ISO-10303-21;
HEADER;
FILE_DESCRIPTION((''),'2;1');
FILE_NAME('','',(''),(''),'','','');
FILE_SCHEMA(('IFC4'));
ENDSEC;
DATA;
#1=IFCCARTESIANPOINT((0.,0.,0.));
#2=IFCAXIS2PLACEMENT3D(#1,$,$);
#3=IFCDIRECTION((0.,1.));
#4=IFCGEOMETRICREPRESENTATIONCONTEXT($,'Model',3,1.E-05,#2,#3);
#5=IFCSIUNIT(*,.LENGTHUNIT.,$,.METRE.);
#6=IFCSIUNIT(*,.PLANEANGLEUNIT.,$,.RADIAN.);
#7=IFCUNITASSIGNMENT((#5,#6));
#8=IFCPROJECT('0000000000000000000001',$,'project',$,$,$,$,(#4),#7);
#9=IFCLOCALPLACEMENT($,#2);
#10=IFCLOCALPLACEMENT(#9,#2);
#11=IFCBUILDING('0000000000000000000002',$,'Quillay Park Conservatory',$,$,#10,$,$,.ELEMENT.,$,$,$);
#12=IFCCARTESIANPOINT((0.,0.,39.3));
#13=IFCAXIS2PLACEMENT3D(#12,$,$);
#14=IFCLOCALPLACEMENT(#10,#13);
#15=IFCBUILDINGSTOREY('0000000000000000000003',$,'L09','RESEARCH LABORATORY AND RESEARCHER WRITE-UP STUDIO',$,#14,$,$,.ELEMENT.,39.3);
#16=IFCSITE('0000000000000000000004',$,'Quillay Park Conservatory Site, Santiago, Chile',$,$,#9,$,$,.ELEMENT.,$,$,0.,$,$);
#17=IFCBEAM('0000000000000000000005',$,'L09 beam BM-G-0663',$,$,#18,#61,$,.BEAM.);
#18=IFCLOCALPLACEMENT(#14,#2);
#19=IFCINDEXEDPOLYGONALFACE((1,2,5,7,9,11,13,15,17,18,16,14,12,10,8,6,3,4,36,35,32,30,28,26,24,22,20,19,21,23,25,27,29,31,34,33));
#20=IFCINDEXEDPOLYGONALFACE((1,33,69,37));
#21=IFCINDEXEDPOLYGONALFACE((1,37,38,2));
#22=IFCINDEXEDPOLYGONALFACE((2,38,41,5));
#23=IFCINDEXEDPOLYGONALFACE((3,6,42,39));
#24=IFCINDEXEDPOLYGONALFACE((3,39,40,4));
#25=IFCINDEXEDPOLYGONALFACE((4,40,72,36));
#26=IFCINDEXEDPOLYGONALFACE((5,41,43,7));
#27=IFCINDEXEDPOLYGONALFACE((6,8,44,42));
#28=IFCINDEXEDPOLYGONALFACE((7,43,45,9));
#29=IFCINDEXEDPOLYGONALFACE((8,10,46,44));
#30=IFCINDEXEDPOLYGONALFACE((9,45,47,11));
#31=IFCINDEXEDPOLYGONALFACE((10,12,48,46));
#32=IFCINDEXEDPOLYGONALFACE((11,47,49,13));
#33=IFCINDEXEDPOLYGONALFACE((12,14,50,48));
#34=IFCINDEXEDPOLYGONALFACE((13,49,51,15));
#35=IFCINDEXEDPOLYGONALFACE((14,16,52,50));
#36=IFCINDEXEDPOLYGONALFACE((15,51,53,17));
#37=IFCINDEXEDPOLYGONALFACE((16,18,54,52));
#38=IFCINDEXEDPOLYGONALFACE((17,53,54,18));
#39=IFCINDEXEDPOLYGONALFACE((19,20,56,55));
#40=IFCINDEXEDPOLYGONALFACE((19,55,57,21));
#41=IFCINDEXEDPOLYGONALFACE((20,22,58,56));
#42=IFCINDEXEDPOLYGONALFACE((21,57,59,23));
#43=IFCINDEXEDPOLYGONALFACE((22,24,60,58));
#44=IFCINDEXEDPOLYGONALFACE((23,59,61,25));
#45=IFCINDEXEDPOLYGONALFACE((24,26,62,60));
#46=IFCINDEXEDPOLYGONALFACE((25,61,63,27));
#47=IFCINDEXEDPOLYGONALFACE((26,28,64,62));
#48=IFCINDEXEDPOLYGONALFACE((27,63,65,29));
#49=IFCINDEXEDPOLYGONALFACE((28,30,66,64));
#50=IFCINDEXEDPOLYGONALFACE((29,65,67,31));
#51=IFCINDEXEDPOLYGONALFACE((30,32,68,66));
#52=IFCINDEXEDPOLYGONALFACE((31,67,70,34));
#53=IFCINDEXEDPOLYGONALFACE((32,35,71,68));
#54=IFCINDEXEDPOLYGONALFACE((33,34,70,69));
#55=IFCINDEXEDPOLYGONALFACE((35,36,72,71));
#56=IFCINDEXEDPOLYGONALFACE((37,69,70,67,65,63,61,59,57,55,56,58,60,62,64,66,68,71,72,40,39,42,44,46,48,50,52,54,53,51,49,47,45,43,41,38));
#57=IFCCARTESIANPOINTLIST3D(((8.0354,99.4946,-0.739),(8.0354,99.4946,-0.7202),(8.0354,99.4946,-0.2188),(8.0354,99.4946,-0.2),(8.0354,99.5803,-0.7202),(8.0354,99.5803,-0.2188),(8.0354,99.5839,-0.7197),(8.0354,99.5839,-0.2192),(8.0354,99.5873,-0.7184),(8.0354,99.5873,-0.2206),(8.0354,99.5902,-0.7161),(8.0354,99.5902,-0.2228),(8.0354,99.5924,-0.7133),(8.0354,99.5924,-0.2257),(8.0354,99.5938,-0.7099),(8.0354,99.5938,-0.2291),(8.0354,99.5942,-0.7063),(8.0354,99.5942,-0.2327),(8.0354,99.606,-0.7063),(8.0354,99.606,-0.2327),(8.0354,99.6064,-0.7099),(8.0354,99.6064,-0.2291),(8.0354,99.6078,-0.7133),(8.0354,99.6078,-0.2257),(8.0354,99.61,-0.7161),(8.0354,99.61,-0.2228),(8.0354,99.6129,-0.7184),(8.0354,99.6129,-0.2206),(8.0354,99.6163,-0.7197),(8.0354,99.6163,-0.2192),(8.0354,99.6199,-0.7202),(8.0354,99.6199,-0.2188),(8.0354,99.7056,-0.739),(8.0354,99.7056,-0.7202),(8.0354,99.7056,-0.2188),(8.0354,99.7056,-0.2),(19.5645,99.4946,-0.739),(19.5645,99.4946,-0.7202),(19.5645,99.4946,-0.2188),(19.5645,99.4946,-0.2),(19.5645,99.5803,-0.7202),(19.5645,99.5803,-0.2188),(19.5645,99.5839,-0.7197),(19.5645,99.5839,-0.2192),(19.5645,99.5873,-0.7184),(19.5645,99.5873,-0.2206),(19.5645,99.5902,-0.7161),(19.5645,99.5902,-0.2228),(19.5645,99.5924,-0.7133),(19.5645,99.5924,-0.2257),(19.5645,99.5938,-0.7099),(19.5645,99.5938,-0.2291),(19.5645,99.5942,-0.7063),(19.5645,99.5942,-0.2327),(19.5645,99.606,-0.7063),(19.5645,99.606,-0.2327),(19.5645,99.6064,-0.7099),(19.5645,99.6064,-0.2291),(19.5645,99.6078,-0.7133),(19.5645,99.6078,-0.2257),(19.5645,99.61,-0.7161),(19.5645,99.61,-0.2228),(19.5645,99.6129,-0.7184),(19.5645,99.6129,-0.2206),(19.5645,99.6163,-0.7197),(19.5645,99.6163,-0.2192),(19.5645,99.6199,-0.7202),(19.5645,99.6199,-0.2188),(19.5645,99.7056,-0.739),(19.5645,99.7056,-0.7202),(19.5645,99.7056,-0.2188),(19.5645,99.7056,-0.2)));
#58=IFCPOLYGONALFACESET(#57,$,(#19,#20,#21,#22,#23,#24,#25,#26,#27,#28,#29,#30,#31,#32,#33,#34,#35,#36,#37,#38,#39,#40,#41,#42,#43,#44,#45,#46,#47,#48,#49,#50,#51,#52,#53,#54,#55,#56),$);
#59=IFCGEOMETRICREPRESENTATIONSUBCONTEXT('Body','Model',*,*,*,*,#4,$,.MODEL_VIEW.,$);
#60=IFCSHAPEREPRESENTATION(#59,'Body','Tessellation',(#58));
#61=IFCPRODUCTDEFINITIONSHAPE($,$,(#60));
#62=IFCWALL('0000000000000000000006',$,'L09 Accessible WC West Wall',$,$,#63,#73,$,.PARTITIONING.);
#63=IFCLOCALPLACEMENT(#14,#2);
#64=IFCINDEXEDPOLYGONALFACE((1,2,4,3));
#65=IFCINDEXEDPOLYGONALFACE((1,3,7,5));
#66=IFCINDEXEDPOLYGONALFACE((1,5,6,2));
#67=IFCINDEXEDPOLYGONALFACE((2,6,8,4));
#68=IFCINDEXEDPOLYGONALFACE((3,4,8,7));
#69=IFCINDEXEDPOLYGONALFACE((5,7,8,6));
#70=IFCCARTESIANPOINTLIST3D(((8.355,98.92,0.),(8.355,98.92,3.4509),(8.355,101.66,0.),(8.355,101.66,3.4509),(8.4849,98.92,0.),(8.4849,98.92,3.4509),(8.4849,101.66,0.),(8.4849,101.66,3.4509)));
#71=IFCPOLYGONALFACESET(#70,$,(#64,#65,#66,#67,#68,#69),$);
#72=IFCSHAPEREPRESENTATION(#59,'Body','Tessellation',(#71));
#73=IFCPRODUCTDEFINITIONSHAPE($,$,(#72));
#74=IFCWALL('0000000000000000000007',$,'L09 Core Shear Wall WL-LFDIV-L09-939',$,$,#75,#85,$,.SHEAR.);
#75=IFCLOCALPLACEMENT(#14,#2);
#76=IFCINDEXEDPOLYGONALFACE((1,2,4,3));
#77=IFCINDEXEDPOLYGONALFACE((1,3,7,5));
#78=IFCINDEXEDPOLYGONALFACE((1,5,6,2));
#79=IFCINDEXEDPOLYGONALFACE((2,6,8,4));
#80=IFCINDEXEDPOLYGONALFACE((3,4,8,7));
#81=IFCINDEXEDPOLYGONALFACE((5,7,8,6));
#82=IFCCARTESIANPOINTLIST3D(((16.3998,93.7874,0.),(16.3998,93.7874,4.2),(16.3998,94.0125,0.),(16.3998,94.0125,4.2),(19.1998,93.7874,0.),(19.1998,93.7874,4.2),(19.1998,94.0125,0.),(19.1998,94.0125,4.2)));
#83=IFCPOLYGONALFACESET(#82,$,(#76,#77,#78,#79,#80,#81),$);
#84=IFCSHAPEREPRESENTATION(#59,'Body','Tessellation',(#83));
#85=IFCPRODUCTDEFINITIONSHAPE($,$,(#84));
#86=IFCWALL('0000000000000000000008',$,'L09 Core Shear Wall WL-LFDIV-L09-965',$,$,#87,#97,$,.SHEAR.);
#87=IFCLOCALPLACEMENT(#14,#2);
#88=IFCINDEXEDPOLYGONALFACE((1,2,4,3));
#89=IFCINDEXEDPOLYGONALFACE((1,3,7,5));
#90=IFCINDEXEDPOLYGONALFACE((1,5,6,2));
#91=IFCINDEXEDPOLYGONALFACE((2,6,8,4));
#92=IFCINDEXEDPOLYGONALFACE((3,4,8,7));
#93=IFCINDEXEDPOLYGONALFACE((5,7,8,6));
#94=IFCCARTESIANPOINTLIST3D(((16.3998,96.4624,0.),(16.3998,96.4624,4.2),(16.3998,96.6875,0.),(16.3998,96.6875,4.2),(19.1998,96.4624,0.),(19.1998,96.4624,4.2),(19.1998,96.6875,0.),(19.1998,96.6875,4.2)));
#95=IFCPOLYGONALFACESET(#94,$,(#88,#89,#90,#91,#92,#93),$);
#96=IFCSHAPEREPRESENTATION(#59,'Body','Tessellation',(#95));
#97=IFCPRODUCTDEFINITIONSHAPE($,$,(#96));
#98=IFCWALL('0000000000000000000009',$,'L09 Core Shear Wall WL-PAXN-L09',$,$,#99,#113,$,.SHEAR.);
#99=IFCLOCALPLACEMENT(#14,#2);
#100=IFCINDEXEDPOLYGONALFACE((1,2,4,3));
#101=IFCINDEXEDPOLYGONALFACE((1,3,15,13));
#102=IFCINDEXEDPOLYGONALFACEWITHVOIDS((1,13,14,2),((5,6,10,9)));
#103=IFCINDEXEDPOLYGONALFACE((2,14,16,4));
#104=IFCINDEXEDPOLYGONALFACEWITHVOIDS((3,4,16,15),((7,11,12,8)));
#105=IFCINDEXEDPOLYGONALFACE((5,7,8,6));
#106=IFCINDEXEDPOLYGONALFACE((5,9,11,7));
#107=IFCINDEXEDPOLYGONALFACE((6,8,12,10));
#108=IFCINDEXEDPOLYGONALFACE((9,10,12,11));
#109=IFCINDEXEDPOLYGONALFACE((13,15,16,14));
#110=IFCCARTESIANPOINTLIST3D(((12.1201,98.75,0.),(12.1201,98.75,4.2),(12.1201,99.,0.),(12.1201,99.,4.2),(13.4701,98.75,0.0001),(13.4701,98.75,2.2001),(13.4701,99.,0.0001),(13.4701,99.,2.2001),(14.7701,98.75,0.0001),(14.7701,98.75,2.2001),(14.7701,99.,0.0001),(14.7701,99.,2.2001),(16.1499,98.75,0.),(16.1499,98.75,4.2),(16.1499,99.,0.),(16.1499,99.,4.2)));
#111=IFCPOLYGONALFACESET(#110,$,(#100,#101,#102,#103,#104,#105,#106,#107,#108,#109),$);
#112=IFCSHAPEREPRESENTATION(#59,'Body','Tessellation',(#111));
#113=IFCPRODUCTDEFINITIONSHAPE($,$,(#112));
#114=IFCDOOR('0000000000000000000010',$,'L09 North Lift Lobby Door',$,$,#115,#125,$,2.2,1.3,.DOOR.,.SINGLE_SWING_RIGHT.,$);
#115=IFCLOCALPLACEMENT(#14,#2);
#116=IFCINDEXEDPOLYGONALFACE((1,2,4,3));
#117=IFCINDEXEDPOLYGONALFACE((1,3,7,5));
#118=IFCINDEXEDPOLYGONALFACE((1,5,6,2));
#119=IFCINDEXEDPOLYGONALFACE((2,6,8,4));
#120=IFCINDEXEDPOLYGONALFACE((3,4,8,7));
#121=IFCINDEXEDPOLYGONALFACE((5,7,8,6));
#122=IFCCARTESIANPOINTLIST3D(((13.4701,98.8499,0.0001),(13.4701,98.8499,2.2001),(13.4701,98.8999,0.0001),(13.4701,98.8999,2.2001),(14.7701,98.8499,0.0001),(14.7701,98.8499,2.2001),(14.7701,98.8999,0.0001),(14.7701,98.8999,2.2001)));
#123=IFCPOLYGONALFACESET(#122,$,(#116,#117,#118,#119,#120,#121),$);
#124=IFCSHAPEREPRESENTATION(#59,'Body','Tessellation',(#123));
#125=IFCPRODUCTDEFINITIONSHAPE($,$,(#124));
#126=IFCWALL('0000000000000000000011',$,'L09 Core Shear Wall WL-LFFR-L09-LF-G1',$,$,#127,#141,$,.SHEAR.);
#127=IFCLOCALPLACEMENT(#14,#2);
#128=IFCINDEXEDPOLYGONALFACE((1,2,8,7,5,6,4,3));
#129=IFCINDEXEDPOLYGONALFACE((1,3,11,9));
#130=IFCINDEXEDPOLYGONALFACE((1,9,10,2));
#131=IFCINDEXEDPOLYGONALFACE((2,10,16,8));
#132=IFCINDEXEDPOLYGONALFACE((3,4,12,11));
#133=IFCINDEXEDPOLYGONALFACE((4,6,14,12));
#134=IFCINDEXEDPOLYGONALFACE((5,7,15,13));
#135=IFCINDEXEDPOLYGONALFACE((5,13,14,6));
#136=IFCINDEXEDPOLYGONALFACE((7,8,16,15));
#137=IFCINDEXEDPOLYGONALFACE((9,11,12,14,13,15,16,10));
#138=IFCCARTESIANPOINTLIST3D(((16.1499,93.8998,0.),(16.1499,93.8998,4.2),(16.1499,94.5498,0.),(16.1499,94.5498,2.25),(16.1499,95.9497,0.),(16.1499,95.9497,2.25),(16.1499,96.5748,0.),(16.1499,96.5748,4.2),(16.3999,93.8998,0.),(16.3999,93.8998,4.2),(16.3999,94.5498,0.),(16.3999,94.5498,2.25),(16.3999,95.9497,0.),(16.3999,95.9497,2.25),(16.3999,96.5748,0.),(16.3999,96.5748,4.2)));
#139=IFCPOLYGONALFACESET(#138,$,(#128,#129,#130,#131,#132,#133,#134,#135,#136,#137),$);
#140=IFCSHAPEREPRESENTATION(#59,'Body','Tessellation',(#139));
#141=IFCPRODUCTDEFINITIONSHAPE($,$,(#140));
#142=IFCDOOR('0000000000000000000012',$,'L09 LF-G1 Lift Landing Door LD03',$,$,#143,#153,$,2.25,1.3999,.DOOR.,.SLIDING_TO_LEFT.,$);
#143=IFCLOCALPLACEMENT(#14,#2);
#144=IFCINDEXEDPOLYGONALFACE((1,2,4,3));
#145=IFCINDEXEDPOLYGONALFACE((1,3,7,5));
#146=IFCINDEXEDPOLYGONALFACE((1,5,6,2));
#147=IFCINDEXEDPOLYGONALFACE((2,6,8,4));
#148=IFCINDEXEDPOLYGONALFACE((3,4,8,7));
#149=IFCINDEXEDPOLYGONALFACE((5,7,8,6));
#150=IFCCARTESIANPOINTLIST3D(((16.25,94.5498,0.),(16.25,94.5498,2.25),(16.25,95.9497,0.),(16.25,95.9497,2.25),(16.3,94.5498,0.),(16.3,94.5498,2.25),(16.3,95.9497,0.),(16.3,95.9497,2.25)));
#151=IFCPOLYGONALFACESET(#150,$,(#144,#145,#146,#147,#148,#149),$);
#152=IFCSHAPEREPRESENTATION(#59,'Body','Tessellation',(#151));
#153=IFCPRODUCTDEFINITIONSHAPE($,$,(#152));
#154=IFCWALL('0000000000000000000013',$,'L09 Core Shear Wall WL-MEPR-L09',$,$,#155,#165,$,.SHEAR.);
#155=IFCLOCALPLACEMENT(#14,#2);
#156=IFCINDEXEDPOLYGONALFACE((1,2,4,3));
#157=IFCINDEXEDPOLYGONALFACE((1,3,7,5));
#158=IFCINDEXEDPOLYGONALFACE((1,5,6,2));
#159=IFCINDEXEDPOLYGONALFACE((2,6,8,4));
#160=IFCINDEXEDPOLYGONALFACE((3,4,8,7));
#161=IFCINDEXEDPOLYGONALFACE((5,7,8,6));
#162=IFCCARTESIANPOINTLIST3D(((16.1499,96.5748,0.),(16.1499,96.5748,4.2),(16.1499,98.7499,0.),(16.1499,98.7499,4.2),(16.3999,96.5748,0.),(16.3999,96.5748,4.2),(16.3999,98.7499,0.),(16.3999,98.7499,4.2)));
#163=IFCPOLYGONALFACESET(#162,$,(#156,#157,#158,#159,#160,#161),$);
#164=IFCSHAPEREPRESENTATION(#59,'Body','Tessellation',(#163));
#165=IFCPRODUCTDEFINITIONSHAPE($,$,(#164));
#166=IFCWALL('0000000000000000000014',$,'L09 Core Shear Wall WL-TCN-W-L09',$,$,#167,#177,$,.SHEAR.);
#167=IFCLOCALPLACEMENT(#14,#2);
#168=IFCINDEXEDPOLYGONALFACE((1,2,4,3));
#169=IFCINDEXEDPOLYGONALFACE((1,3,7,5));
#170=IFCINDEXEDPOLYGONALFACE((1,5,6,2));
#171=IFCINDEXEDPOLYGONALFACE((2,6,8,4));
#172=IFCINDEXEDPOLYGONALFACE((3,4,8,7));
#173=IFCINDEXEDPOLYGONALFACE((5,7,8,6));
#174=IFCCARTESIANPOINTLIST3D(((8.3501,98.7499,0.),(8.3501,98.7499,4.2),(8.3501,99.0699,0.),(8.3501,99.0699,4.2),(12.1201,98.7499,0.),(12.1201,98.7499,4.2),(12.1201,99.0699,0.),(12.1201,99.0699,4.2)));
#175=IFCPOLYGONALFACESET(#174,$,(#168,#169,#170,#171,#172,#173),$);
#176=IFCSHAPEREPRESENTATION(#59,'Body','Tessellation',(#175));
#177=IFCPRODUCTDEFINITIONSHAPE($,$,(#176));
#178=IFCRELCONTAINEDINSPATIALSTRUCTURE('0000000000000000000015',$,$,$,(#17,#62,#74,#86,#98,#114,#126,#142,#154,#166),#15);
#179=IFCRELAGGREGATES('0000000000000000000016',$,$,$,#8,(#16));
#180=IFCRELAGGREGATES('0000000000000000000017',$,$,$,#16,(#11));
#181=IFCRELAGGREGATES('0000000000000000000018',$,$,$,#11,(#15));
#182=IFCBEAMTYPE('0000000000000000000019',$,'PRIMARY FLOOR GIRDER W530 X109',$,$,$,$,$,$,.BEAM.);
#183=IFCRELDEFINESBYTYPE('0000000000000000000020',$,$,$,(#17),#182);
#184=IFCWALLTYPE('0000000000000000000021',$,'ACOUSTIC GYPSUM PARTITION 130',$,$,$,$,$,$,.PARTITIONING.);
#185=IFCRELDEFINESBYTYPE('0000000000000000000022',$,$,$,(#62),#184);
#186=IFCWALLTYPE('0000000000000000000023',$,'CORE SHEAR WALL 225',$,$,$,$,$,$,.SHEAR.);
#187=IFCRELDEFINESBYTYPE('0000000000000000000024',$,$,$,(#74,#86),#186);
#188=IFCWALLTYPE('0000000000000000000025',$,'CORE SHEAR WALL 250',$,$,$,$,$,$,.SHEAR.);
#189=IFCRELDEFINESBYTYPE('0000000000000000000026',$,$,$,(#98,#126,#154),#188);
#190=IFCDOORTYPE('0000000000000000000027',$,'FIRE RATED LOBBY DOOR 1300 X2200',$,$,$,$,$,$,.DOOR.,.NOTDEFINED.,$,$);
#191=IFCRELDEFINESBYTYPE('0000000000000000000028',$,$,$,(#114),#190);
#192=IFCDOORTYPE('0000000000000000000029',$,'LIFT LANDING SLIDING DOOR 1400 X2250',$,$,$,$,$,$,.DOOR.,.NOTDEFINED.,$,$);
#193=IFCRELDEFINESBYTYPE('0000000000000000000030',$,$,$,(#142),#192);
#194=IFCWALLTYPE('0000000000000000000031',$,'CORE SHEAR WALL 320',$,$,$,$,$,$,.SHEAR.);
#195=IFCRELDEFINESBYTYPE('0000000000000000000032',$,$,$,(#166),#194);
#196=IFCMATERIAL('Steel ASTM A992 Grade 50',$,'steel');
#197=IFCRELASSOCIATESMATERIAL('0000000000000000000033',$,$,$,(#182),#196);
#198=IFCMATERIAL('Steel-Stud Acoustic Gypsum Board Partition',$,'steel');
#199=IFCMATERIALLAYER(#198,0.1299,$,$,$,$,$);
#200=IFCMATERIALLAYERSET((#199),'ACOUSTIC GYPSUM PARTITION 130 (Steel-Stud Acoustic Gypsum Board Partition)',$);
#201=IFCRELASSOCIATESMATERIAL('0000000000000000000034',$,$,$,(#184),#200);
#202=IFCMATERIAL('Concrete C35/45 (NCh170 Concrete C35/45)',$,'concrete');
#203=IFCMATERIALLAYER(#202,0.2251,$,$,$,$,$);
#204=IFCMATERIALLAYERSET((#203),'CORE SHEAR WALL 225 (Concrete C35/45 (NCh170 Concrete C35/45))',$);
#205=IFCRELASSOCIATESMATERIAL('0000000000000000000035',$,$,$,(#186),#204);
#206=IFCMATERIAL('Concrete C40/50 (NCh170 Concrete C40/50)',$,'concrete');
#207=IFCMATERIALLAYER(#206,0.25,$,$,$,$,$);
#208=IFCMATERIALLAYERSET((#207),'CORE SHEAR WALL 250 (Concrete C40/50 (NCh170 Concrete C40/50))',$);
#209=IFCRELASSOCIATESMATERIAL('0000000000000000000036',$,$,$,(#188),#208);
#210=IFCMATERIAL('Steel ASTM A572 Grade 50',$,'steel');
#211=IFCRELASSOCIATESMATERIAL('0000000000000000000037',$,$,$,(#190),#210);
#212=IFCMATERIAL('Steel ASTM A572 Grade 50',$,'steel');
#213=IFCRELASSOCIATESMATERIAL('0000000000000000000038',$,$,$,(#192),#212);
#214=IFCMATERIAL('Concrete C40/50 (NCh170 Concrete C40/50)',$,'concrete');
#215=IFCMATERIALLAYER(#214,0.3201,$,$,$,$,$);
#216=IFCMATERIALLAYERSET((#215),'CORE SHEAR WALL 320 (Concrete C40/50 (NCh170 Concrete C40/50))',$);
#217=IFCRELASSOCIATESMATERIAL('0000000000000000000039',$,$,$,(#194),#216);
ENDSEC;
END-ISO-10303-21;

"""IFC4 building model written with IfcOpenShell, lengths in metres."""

from ifc_helpers import new_model, si_unit, direction, frame, frame_2d, origin, origin_2d, place, context, subcontext, project, spatial, rectangle, i_section, extrude, material, layer, layer_set, material_profile, profile_set, type_object, element, fill, save


model = new_model("IFC4")

# Units and contexts
model_context = context("Model", 3, precision=1e-05, world=origin(), true_north=direction((0.0, 1.0)))
body_context = subcontext(model_context, "Body", "Model", "MODEL_VIEW")
ifc_project = project(units=[si_unit("LENGTHUNIT", "METRE"), si_unit("PLANEANGLEUNIT", "RADIAN")], contexts=[model_context])

# Site, building, storey
site_placement = place(None, origin())
site = spatial("IfcSite", under=ifc_project, at=site_placement, Name="Quillay Park Conservatory Site, Santiago, Chile", CompositionType="ELEMENT", RefElevation=0.0)
building_placement = place(site_placement, origin())
building = spatial("IfcBuilding", under=site, at=building_placement, Name="Quillay Park Conservatory", CompositionType="ELEMENT")
storey_placement = place(building_placement, frame((0.0, 0.0, 39.3)))
storey = spatial("IfcBuildingStorey", under=building, at=storey_placement, Name="L09", Description="RESEARCH LABORATORY AND RESEARCHER WRITE-UP STUDIO", CompositionType="ELEMENT", Elevation=39.3)

# Beam
ifc_material_1 = material(Name="Steel ASTM A992 Grade 50", Category="steel")
ifc_material_profile_1 = material_profile(ifc_material_1, i_section(OverallWidth=0.2109, OverallDepth=0.5391, WebThickness=0.0117, FlangeThickness=0.0188, FilletRadius=0.0139, at=origin_2d()), Name="W530x109")
ifc_profile_set_1 = profile_set([ifc_material_profile_1], Name="Steel ASTM A992 Grade 50")
beam_type_1 = type_object("IfcBeamType", Name="PRIMARY FLOOR GIRDER W530 X109", PredefinedType="BEAM", material=ifc_profile_set_1)
beam_1_placement = place(storey_placement, frame((8.0354, 99.6001, -0.4695), z_axis=(1.0, 0.0, 0.0), x_axis=(0.0, 1.0, 0.0)))
element("IfcBeam", 1, at=beam_1_placement, inside=storey, type_object=beam_type_1, Name="L09 beam BM-G-0663", PredefinedType="BEAM", context=body_context, shape_type="SweptSolid", body=[
    extrude(i_section(OverallWidth=0.2109, OverallDepth=0.5391, WebThickness=0.0117, FlangeThickness=0.0188, FilletRadius=0.0139, at=origin_2d()), origin(), (0.0, 0.0, 1.0), 11.5291),
])

# Walls
ifc_material_2 = material(Name="Steel-Stud Acoustic Gypsum Board Partition", Category="steel")
ifc_layer_1 = layer(ifc_material_2, 0.1299)
ifc_layer_set_1 = layer_set([ifc_layer_1], Name="ACOUSTIC GYPSUM PARTITION 130 (Steel-Stud Acoustic Gypsum Board Partition)")
wall_type_1 = type_object("IfcWallType", Name="ACOUSTIC GYPSUM PARTITION 130", PredefinedType="PARTITIONING", material=ifc_layer_set_1)
wall_1_placement = place(storey_placement, frame((8.4199, 98.9199, 0.0), z_axis=(0.0, 0.0, 1.0), x_axis=(0.0, 1.0, 0.0)))
element("IfcWall", 2, at=wall_1_placement, inside=storey, type_object=wall_type_1, Name="L09 Accessible WC West Wall", PredefinedType="PARTITIONING", context=body_context, shape_type="SweptSolid", body=[
    extrude(rectangle(XDim=2.74, YDim=0.1299, at=frame_2d((1.3701, 0.0))), origin(), (0.0, 0.0, 1.0), 3.4509),
])
ifc_material_3 = material(Name="Concrete C35/45 (NCh170 Concrete C35/45)", Category="concrete")
ifc_layer_2 = layer(ifc_material_3, 0.2251)
ifc_layer_set_2 = layer_set([ifc_layer_2], Name="CORE SHEAR WALL 225 (Concrete C35/45 (NCh170 Concrete C35/45))")
wall_type_2 = type_object("IfcWallType", Name="CORE SHEAR WALL 225", PredefinedType="SHEAR", material=ifc_layer_set_2)
for number, where, z_axis, x_axis, name in (
    (3, (16.3999, 93.8999, 0.0), (0.0, 0.0, 1.0), (1.0, 0.0, 0.0), "L09 Core Shear Wall WL-LFDIV-L09-939"),
    (4, (16.3999, 96.575, 0.0), (0.0, 0.0, 1.0), (1.0, 0.0, 0.0), "L09 Core Shear Wall WL-LFDIV-L09-965"),
):
    element("IfcWall", number, at=place(storey_placement, frame(where, z_axis=z_axis, x_axis=x_axis)), inside=storey, type_object=wall_type_2, Name=name, PredefinedType="SHEAR", context=body_context, shape_type="SweptSolid", body=[
        extrude(rectangle(XDim=2.8, YDim=0.2251, at=frame_2d((1.3999, 0.0))), origin(), (0.0, 0.0, 1.0), 4.2),
    ])

# Walls, openings, doors
ifc_material_4 = material(Name="Concrete C40/50 (NCh170 Concrete C40/50)", Category="concrete")
ifc_layer_3 = layer(ifc_material_4, 0.25)
ifc_layer_set_3 = layer_set([ifc_layer_3], Name="CORE SHEAR WALL 250 (Concrete C40/50 (NCh170 Concrete C40/50))")
wall_type_3 = type_object("IfcWallType", Name="CORE SHEAR WALL 250", PredefinedType="SHEAR", material=ifc_layer_set_3)
wall_2_placement = place(storey_placement, frame((12.1201, 98.875, 0.0), z_axis=(0.0, 0.0, 1.0), x_axis=(1.0, 0.0, 0.0)))
wall_2 = element("IfcWall", 5, at=wall_2_placement, inside=storey, type_object=wall_type_3, Name="L09 Core Shear Wall WL-PAXN-L09", PredefinedType="SHEAR", context=body_context, shape_type="SweptSolid", body=[
    extrude(rectangle(XDim=4.0298, YDim=0.25, at=frame_2d((2.0149, 0.0))), origin(), (0.0, 0.0, 1.0), 4.2),
])
opening_1_placement = place(wall_2_placement, frame((1.3501, 0.0, 0.0)))
opening_1 = element("IfcOpeningElement", 6, at=opening_1_placement, cuts=wall_2, PredefinedType="OPENING", context=body_context, shape_type="SweptSolid", body=[
    extrude(rectangle(XDim=1.3, YDim=2.2, at=frame_2d((0.6499, 1.1001))), frame((0.0, 0.125, 0.0), z_axis=(0.0, -1.0, 0.0), x_axis=(1.0, 0.0, 0.0)), (0.0, 0.0, 1.0), 0.25),
])
ifc_material_5 = material(Name="Steel ASTM A572 Grade 50", Category="steel")
door_type_1 = type_object("IfcDoorType", Name="FIRE RATED LOBBY DOOR 1300 X2200", OperationType="NOTDEFINED", PredefinedType="DOOR", material=ifc_material_5)
door_1_placement = place(opening_1_placement, origin())
door_1 = element("IfcDoor", 7, at=door_1_placement, inside=storey, type_object=door_type_1, Name="L09 North Lift Lobby Door", OperationType="SINGLE_SWING_RIGHT", OverallHeight=2.2, OverallWidth=1.3, PredefinedType="DOOR", context=body_context, shape_type="SweptSolid", body=[
    extrude(rectangle(XDim=1.3, YDim=2.2, at=frame_2d((0.6499, 1.1001))), frame((0.0, 0.0249, 0.0), z_axis=(0.0, -1.0, 0.0), x_axis=(1.0, 0.0, 0.0)), (0.0, 0.0, 1.0), 0.05),
])
fill(opening_1, door_1)
wall_3_placement = place(storey_placement, frame((16.2749, 93.8999, 0.0), z_axis=(0.0, 0.0, 1.0), x_axis=(0.0, 1.0, 0.0)))
wall_3 = element("IfcWall", 8, at=wall_3_placement, inside=storey, type_object=wall_type_3, Name="L09 Core Shear Wall WL-LFFR-L09-LF-G1", PredefinedType="SHEAR", context=body_context, shape_type="SweptSolid", body=[
    extrude(rectangle(XDim=2.675, YDim=0.25, at=frame_2d((1.3374, 0.0))), origin(), (0.0, 0.0, 1.0), 4.2),
])
opening_2_placement = place(wall_3_placement, frame((0.6499, 0.0, 0.0)))
opening_2 = element("IfcOpeningElement", 9, at=opening_2_placement, cuts=wall_3, PredefinedType="OPENING", context=body_context, shape_type="SweptSolid", body=[
    extrude(rectangle(XDim=1.3999, YDim=2.25, at=frame_2d((0.7, 1.125))), frame((0.0, 0.125, 0.0), z_axis=(0.0, -1.0, 0.0), x_axis=(1.0, 0.0, 0.0)), (0.0, 0.0, 1.0), 0.25),
])
ifc_material_6 = material(Name="Steel ASTM A572 Grade 50", Category="steel")
door_type_2 = type_object("IfcDoorType", Name="LIFT LANDING SLIDING DOOR 1400 X2250", OperationType="NOTDEFINED", PredefinedType="DOOR", material=ifc_material_6)
door_2_placement = place(opening_2_placement, origin())
door_2 = element("IfcDoor", 10, at=door_2_placement, inside=storey, type_object=door_type_2, Name="L09 LF-G1 Lift Landing Door LD03", OperationType="SLIDING_TO_LEFT", OverallHeight=2.25, OverallWidth=1.3999, PredefinedType="DOOR", context=body_context, shape_type="SweptSolid", body=[
    extrude(rectangle(XDim=1.3999, YDim=2.25, at=frame_2d((0.7, 1.125))), frame((0.0, 0.0249, 0.0), z_axis=(0.0, -1.0, 0.0), x_axis=(1.0, 0.0, 0.0)), (0.0, 0.0, 1.0), 0.05),
])
fill(opening_2, door_2)

# Walls
wall_4_placement = place(storey_placement, frame((16.2749, 96.575, 0.0), z_axis=(0.0, 0.0, 1.0), x_axis=(0.0, 1.0, 0.0)))
element("IfcWall", 11, at=wall_4_placement, inside=storey, type_object=wall_type_3, Name="L09 Core Shear Wall WL-MEPR-L09", PredefinedType="SHEAR", context=body_context, shape_type="SweptSolid", body=[
    extrude(rectangle(XDim=2.175, YDim=0.25, at=frame_2d((1.0874, 0.0))), origin(), (0.0, 0.0, 1.0), 4.2),
])
ifc_material_7 = material(Name="Concrete C40/50 (NCh170 Concrete C40/50)", Category="concrete")
ifc_layer_4 = layer(ifc_material_7, 0.3201)
ifc_layer_set_4 = layer_set([ifc_layer_4], Name="CORE SHEAR WALL 320 (Concrete C40/50 (NCh170 Concrete C40/50))")
wall_type_4 = type_object("IfcWallType", Name="CORE SHEAR WALL 320", PredefinedType="SHEAR", material=ifc_layer_set_4)
wall_5_placement = place(storey_placement, frame((8.3501, 98.9099, 0.0), z_axis=(0.0, 0.0, 1.0), x_axis=(1.0, 0.0, 0.0)))
element("IfcWall", 12, at=wall_5_placement, inside=storey, type_object=wall_type_4, Name="L09 Core Shear Wall WL-TCN-W-L09", PredefinedType="SHEAR", context=body_context, shape_type="SweptSolid", body=[
    extrude(rectangle(XDim=3.77, YDim=0.3201, at=frame_2d((1.885, 0.0))), origin(), (0.0, 0.0, 1.0), 4.2),
])

save(model, "model.ifc")
